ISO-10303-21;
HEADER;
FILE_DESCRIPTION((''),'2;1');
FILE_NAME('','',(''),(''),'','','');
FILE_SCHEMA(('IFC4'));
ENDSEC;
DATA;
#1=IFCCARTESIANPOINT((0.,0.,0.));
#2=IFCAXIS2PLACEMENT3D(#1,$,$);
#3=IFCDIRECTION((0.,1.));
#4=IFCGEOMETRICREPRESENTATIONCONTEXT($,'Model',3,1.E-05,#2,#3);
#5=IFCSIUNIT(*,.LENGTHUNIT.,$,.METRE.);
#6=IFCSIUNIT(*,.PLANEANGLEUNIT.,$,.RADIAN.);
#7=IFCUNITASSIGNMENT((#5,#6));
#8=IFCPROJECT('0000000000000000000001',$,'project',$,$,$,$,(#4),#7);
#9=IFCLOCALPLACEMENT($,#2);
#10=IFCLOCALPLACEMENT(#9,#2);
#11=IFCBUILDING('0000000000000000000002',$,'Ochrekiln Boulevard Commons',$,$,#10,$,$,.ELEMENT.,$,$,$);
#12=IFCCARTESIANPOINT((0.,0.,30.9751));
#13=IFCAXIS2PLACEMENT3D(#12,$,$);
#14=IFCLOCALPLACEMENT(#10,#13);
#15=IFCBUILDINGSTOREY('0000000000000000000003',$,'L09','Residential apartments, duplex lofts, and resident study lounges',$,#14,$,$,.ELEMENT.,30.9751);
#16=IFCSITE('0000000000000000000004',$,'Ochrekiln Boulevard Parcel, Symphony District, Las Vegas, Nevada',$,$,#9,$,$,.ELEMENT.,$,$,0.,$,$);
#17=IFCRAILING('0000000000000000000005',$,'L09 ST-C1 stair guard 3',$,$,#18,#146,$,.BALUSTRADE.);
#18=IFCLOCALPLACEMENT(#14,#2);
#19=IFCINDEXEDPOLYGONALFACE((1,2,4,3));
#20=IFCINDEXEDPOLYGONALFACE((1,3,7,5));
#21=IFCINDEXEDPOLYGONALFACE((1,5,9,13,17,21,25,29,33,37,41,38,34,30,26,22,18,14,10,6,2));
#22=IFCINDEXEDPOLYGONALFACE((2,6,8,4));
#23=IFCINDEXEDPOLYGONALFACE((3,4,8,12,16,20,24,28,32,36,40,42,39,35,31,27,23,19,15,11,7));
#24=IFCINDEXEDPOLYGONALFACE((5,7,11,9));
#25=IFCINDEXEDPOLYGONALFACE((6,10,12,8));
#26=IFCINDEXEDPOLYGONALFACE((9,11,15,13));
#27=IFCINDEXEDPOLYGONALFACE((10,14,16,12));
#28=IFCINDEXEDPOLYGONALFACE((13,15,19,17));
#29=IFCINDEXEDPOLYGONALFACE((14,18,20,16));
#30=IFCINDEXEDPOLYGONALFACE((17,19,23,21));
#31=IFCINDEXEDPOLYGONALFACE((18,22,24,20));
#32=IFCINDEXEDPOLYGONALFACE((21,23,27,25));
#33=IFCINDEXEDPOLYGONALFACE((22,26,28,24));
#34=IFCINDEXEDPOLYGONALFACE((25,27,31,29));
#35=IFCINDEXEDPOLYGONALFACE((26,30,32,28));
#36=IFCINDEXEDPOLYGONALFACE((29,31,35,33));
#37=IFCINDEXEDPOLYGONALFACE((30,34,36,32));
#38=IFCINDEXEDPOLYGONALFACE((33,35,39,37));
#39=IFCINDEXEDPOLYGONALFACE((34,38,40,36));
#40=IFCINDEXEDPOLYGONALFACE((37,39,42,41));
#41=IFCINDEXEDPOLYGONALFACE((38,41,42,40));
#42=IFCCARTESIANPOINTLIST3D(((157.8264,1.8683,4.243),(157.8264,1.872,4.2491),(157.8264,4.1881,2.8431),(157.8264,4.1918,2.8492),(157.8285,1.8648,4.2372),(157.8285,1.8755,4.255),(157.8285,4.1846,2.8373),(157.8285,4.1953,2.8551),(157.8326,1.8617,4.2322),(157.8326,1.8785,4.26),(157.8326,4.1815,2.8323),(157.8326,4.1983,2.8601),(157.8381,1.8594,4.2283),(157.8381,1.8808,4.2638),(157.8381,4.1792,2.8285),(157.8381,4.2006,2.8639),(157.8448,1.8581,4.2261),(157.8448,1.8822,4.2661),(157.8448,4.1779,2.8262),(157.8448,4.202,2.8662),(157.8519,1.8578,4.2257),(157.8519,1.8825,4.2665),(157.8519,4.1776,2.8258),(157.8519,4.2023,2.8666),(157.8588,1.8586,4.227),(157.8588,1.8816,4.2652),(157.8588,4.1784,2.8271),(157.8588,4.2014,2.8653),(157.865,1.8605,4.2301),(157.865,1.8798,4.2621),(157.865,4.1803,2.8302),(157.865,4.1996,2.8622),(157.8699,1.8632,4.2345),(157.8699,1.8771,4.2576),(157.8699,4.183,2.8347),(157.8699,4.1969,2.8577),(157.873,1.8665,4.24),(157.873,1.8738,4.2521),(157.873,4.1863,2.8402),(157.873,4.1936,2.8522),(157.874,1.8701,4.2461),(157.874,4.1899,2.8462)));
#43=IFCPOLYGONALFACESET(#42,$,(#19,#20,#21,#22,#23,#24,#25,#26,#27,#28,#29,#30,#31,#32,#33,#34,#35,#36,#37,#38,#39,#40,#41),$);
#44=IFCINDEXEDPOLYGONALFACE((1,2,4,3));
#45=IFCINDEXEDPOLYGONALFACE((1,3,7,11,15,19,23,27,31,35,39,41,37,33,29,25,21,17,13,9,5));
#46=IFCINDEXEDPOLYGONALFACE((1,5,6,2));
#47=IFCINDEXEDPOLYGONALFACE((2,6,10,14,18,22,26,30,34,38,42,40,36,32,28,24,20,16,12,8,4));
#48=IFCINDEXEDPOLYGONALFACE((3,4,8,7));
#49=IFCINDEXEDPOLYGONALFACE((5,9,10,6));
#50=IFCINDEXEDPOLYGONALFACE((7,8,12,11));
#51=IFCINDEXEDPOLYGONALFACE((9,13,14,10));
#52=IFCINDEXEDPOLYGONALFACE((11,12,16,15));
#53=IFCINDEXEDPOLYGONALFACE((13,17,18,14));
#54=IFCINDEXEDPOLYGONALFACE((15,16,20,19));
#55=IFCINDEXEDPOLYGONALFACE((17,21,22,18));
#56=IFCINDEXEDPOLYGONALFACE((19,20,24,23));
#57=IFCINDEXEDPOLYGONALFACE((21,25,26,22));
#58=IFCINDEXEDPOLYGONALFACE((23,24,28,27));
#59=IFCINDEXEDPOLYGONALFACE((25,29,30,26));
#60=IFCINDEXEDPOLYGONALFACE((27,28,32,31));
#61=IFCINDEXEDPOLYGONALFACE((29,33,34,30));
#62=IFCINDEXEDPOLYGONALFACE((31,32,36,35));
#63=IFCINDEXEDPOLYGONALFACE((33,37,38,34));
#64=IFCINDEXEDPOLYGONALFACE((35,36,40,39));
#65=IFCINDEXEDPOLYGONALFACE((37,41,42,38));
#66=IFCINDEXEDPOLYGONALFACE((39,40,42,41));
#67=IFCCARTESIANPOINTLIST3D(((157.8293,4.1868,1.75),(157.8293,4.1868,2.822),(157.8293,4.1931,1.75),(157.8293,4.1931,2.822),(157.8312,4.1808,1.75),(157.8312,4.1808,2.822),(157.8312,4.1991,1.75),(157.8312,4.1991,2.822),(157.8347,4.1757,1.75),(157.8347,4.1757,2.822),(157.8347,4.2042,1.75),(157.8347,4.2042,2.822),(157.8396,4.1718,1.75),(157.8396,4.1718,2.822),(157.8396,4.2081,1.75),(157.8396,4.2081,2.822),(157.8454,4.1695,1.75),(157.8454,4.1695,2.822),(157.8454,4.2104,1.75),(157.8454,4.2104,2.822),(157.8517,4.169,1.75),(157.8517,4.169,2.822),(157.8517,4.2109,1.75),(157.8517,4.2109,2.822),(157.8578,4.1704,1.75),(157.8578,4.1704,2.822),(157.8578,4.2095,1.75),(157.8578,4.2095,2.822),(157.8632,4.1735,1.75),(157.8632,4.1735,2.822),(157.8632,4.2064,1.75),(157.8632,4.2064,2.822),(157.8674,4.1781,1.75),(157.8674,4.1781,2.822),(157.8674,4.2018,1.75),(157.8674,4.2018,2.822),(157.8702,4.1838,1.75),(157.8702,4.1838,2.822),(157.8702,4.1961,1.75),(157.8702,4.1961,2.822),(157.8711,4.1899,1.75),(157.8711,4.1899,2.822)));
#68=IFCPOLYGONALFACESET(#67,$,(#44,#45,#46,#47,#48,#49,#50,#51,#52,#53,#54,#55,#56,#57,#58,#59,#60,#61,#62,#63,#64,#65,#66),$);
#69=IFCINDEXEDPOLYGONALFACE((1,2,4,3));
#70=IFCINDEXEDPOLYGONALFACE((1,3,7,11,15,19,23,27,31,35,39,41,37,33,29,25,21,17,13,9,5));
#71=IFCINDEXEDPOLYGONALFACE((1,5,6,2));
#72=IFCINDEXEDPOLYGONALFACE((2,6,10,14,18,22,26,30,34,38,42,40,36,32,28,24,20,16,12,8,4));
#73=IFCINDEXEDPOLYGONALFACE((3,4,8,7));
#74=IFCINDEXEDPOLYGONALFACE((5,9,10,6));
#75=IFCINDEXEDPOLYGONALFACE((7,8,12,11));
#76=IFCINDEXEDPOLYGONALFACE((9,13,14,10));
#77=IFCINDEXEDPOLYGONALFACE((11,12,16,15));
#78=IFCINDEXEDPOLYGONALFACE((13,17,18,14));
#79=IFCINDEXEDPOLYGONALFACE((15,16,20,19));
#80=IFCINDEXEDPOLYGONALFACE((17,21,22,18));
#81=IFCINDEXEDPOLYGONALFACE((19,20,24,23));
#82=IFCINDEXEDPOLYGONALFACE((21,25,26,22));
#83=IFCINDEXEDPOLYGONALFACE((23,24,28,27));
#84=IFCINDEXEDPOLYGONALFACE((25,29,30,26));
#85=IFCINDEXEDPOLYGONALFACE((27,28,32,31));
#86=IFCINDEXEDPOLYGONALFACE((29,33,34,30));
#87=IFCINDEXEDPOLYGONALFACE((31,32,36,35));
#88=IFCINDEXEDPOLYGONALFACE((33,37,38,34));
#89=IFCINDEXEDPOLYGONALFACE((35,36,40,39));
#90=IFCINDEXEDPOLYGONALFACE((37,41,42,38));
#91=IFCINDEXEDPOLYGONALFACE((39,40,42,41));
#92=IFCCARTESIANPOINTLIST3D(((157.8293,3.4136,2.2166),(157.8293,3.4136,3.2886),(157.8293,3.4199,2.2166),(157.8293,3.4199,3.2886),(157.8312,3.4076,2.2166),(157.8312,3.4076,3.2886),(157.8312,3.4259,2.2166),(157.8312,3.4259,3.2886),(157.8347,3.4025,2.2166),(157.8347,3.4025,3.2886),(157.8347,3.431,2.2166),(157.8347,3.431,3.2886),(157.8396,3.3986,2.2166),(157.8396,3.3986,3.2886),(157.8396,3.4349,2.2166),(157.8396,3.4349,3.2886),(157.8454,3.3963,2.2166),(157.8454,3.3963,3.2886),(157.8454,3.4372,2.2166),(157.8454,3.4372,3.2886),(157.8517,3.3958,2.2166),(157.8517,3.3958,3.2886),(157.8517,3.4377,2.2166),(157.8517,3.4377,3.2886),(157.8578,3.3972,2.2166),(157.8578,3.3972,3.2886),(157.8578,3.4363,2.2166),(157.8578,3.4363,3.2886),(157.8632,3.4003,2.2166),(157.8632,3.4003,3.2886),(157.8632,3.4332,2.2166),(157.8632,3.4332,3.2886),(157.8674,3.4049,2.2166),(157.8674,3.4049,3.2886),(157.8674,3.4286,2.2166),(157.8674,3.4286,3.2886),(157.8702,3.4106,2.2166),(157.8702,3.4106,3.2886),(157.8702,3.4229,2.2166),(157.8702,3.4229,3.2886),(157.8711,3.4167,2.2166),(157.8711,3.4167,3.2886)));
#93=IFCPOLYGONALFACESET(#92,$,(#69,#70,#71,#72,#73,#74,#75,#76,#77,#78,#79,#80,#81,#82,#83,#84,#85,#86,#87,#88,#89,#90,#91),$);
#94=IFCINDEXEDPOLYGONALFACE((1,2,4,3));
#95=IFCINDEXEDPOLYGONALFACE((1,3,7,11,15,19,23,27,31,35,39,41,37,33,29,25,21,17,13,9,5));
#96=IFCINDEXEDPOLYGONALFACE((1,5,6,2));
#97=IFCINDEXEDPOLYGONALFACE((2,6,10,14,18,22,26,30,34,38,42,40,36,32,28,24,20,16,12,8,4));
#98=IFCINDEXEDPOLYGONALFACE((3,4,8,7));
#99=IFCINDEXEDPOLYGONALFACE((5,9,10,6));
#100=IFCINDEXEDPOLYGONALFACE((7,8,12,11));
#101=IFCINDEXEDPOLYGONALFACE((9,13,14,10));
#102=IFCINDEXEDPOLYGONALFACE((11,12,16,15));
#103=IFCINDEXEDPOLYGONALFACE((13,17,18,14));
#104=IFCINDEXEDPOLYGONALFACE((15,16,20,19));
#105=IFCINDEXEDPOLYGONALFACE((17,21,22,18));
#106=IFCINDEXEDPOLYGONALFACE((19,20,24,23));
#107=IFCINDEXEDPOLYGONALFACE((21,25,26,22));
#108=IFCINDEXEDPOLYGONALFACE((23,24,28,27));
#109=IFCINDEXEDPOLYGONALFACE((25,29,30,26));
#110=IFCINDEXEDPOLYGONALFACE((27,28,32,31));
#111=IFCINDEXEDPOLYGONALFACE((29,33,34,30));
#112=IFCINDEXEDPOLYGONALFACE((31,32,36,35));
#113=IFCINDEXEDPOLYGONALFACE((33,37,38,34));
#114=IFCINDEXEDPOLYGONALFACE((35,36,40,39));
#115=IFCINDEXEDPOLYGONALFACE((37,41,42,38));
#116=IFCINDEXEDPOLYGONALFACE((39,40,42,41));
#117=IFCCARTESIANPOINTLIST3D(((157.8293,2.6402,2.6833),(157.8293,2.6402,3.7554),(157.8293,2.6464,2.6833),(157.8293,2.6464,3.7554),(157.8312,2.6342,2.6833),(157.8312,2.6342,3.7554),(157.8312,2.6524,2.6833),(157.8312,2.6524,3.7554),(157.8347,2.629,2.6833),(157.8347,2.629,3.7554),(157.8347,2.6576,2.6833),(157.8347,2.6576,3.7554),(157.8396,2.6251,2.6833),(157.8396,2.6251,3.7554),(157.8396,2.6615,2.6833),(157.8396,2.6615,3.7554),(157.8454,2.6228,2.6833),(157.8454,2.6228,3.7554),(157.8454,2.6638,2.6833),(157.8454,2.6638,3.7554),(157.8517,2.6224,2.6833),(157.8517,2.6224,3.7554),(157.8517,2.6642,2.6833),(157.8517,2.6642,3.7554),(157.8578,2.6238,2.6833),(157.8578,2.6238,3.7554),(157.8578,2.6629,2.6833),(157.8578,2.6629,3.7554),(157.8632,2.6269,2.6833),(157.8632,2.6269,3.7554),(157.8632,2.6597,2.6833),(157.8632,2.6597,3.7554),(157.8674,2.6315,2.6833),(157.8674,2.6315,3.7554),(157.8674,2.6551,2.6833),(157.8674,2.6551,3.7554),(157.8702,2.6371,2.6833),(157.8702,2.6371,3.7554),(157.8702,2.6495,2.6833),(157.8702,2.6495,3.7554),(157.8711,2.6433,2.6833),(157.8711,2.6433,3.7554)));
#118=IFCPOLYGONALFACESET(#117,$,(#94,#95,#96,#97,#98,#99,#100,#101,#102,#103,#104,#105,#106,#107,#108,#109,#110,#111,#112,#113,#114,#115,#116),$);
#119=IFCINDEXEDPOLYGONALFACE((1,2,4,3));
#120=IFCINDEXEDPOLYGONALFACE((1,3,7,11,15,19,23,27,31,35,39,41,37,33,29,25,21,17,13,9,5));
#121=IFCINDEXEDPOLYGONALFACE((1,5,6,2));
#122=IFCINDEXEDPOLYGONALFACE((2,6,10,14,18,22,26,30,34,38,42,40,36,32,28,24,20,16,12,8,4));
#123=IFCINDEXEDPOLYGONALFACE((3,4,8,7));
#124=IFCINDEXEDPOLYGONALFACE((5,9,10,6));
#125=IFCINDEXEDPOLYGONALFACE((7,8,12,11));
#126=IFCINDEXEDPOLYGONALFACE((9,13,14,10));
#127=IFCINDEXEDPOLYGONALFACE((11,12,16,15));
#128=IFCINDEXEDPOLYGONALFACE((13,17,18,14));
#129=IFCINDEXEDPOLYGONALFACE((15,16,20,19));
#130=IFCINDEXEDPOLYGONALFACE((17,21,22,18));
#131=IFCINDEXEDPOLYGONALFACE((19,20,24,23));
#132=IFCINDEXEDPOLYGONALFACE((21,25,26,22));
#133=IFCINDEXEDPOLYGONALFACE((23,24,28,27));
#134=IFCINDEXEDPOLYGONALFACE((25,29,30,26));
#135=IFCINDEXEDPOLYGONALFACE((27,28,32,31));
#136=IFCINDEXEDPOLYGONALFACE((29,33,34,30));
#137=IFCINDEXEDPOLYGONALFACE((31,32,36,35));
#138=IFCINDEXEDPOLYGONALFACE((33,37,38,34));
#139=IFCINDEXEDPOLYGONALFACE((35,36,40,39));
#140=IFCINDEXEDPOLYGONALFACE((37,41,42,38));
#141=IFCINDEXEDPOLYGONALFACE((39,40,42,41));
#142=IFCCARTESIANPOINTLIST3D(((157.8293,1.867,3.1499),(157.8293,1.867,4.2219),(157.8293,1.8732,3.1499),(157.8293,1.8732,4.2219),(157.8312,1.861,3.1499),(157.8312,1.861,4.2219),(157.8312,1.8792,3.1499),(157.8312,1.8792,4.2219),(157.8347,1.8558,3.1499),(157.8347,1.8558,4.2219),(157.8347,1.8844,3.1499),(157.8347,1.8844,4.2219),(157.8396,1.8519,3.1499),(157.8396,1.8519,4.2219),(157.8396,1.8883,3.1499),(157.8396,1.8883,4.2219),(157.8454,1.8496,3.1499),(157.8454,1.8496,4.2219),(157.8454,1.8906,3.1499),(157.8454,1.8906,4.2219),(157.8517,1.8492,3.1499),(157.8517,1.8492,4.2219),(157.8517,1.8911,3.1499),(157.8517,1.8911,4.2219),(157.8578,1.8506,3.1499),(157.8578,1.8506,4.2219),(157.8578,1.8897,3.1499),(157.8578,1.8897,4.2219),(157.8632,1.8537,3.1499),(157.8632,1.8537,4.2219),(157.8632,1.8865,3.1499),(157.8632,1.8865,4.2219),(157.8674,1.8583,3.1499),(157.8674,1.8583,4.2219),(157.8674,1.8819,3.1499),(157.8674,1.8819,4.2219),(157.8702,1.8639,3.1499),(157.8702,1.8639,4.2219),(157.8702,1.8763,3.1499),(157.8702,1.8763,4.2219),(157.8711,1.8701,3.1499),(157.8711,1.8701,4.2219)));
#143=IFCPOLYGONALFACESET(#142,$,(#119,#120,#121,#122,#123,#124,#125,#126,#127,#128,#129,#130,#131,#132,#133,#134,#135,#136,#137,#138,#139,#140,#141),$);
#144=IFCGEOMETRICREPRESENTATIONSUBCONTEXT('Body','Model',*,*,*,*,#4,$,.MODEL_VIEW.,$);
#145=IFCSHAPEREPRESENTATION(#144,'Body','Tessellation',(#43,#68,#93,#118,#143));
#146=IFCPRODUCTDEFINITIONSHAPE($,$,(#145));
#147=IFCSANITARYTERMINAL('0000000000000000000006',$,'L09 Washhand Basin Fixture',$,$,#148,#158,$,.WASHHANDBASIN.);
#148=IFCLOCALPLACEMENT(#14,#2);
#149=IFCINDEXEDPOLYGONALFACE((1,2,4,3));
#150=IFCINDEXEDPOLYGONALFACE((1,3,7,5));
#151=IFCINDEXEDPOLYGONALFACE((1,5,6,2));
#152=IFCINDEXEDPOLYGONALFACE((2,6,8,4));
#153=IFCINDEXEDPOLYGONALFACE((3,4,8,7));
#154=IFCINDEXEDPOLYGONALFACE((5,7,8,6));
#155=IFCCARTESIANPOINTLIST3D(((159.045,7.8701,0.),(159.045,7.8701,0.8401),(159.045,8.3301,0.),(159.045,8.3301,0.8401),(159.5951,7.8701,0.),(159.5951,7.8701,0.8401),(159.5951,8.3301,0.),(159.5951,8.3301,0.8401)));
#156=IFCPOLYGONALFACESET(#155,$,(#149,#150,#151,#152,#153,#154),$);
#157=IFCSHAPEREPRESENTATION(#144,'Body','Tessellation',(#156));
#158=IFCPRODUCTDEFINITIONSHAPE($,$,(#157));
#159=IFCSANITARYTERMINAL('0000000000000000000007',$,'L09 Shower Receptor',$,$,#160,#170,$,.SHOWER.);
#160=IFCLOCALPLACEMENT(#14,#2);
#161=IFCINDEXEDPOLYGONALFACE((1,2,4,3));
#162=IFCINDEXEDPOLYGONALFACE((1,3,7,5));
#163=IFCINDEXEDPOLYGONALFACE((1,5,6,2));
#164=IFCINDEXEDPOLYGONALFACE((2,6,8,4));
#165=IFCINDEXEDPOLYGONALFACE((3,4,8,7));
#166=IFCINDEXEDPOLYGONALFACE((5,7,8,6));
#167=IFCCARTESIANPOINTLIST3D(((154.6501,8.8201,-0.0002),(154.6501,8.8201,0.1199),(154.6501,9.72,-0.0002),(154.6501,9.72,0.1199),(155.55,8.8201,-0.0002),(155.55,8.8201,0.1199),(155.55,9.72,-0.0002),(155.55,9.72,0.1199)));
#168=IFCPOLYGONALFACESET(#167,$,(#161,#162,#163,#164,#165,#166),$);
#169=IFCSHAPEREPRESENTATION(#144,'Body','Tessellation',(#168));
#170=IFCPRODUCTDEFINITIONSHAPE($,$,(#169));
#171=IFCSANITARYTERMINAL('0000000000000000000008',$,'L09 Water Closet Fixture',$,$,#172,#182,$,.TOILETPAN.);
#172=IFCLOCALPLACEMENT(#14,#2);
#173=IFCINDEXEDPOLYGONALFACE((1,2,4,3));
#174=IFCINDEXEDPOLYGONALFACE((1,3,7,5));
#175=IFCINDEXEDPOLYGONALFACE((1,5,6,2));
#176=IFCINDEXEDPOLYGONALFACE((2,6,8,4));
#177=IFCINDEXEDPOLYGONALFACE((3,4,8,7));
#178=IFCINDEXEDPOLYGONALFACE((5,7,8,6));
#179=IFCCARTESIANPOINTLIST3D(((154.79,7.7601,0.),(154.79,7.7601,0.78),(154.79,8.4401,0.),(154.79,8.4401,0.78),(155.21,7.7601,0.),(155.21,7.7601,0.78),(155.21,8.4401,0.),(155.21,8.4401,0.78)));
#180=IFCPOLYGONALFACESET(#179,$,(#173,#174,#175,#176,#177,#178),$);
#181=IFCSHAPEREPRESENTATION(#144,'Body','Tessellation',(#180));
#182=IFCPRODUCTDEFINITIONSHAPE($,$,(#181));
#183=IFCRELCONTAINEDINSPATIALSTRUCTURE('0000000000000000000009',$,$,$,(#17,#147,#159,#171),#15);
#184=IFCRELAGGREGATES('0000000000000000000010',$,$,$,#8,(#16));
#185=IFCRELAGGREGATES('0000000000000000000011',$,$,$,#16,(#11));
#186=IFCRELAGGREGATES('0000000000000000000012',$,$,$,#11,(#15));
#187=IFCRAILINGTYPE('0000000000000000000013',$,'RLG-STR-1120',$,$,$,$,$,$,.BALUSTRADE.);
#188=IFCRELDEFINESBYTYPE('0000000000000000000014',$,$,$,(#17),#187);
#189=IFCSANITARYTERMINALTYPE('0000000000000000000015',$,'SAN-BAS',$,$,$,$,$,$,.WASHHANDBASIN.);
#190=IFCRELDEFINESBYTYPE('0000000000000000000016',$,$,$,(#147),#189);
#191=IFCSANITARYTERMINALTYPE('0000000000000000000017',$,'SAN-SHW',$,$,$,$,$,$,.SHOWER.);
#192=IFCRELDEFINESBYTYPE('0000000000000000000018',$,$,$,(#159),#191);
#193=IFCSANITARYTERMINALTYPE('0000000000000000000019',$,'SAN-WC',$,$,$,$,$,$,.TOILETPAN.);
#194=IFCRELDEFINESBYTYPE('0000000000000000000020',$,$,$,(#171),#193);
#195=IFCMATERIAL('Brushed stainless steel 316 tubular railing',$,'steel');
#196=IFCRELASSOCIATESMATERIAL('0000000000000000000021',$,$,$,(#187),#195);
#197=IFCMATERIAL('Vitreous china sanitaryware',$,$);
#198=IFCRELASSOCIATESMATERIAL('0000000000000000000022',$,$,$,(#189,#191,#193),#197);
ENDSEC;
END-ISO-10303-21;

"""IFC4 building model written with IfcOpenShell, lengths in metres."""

from ifc_helpers import new_model, si_unit, direction, frame, origin, origin_2d, place, context, subcontext, project, spatial, rectangle, circle, extrude, material, type_object, element, save


model = new_model("IFC4")

# Units and contexts
model_context = context("Model", 3, precision=1e-05, world=origin(), true_north=direction((0.0, 1.0)))
body_context = subcontext(model_context, "Body", "Model", "MODEL_VIEW")
ifc_project = project(units=[si_unit("LENGTHUNIT", "METRE"), si_unit("PLANEANGLEUNIT", "RADIAN")], contexts=[model_context])

# Site, building, storey
site_placement = place(None, origin())
site = spatial("IfcSite", under=ifc_project, at=site_placement, Name="Ochrekiln Boulevard Parcel, Symphony District, Las Vegas, Nevada", CompositionType="ELEMENT", RefElevation=0.0)
building_placement = place(site_placement, origin())
building = spatial("IfcBuilding", under=site, at=building_placement, Name="Ochrekiln Boulevard Commons", CompositionType="ELEMENT")
storey_placement = place(building_placement, frame((0.0, 0.0, 30.9751)))
storey = spatial("IfcBuildingStorey", under=building, at=storey_placement, Name="L09", Description="Residential apartments, duplex lofts, and resident study lounges", CompositionType="ELEMENT", Elevation=30.9751)

# Railing
ifc_material_1 = material(Name="Brushed stainless steel 316 tubular railing", Category="steel")
railing_type = type_object("IfcRailingType", Name="RLG-STR-1120", PredefinedType="BALUSTRADE", material=ifc_material_1)
railing_1_placement = place(storey_placement, frame((157.8501, 4.1899, 1.75)))
element("IfcRailing", 1, at=railing_1_placement, inside=storey, type_object=railing_type, Name="L09 ST-C1 stair guard 3", PredefinedType="BALUSTRADE", context=body_context, shape_type="SweptSolid", body=[
    extrude(circle(Radius=0.0239, at=origin_2d()), frame((0.0, 0.0, 1.0962), z_axis=(0.0, -0.856186, 0.516667), x_axis=(1.0, 0.0, 0.0)), (0.0, 0.0, 1.0), 2.7095),
    extrude(circle(Radius=0.021, at=origin_2d()), origin(), (0.0, 0.0, 1.0), 1.072),
    extrude(circle(Radius=0.021, at=origin_2d()), frame((0.0, -0.7732, 0.4666)), (0.0, 0.0, 1.0), 1.072),
    extrude(circle(Radius=0.021, at=origin_2d()), frame((0.0, -1.5466, 0.9333)), (0.0, 0.0, 1.0), 1.072),
    extrude(circle(Radius=0.021, at=origin_2d()), frame((0.0, -2.3198, 1.3999)), (0.0, 0.0, 1.0), 1.072),
])

# Sanitary terminals
ifc_material_2 = material(Name="Vitreous china sanitaryware")
sanitary_terminal_type_1 = type_object("IfcSanitaryTerminalType", Name="SAN-BAS", PredefinedType="WASHHANDBASIN", material=ifc_material_2)
sanitary_terminal_1_placement = place(storey_placement, frame((159.3201, 8.1001, 0.0), z_axis=(0.0, 0.0, 1.0), x_axis=(1.0, 0.0, 0.0)))
element("IfcSanitaryTerminal", 2, at=sanitary_terminal_1_placement, inside=storey, type_object=sanitary_terminal_type_1, Name="L09 Washhand Basin Fixture", PredefinedType="WASHHANDBASIN", context=body_context, shape_type="SweptSolid", body=[
    extrude(rectangle(XDim=0.55, YDim=0.46, at=origin_2d()), origin(), (0.0, 0.0, 1.0), 0.8401),
])
sanitary_terminal_type_2 = type_object("IfcSanitaryTerminalType", Name="SAN-SHW", PredefinedType="SHOWER", material=ifc_material_2)
sanitary_terminal_2_placement = place(storey_placement, frame((155.1001, 9.27, -0.0002), z_axis=(0.0, 0.0, 1.0), x_axis=(1.0, 0.0, 0.0)))
element("IfcSanitaryTerminal", 3, at=sanitary_terminal_2_placement, inside=storey, type_object=sanitary_terminal_type_2, Name="L09 Shower Receptor", PredefinedType="SHOWER", context=body_context, shape_type="SweptSolid", body=[
    extrude(rectangle(XDim=0.8999, YDim=0.8999, at=origin_2d()), origin(), (0.0, 0.0, 1.0), 0.1201),
])
sanitary_terminal_type_3 = type_object("IfcSanitaryTerminalType", Name="SAN-WC", PredefinedType="TOILETPAN", material=ifc_material_2)
sanitary_terminal_3_placement = place(storey_placement, frame((155.0, 8.1001, 0.0), z_axis=(0.0, 0.0, 1.0), x_axis=(1.0, 0.0, 0.0)))
element("IfcSanitaryTerminal", 4, at=sanitary_terminal_3_placement, inside=storey, type_object=sanitary_terminal_type_3, Name="L09 Water Closet Fixture", PredefinedType="TOILETPAN", context=body_context, shape_type="SweptSolid", body=[
    extrude(rectangle(XDim=0.4199, YDim=0.6799, at=origin_2d()), origin(), (0.0, 0.0, 1.0), 0.78),
])

save(model, "model.ifc")
